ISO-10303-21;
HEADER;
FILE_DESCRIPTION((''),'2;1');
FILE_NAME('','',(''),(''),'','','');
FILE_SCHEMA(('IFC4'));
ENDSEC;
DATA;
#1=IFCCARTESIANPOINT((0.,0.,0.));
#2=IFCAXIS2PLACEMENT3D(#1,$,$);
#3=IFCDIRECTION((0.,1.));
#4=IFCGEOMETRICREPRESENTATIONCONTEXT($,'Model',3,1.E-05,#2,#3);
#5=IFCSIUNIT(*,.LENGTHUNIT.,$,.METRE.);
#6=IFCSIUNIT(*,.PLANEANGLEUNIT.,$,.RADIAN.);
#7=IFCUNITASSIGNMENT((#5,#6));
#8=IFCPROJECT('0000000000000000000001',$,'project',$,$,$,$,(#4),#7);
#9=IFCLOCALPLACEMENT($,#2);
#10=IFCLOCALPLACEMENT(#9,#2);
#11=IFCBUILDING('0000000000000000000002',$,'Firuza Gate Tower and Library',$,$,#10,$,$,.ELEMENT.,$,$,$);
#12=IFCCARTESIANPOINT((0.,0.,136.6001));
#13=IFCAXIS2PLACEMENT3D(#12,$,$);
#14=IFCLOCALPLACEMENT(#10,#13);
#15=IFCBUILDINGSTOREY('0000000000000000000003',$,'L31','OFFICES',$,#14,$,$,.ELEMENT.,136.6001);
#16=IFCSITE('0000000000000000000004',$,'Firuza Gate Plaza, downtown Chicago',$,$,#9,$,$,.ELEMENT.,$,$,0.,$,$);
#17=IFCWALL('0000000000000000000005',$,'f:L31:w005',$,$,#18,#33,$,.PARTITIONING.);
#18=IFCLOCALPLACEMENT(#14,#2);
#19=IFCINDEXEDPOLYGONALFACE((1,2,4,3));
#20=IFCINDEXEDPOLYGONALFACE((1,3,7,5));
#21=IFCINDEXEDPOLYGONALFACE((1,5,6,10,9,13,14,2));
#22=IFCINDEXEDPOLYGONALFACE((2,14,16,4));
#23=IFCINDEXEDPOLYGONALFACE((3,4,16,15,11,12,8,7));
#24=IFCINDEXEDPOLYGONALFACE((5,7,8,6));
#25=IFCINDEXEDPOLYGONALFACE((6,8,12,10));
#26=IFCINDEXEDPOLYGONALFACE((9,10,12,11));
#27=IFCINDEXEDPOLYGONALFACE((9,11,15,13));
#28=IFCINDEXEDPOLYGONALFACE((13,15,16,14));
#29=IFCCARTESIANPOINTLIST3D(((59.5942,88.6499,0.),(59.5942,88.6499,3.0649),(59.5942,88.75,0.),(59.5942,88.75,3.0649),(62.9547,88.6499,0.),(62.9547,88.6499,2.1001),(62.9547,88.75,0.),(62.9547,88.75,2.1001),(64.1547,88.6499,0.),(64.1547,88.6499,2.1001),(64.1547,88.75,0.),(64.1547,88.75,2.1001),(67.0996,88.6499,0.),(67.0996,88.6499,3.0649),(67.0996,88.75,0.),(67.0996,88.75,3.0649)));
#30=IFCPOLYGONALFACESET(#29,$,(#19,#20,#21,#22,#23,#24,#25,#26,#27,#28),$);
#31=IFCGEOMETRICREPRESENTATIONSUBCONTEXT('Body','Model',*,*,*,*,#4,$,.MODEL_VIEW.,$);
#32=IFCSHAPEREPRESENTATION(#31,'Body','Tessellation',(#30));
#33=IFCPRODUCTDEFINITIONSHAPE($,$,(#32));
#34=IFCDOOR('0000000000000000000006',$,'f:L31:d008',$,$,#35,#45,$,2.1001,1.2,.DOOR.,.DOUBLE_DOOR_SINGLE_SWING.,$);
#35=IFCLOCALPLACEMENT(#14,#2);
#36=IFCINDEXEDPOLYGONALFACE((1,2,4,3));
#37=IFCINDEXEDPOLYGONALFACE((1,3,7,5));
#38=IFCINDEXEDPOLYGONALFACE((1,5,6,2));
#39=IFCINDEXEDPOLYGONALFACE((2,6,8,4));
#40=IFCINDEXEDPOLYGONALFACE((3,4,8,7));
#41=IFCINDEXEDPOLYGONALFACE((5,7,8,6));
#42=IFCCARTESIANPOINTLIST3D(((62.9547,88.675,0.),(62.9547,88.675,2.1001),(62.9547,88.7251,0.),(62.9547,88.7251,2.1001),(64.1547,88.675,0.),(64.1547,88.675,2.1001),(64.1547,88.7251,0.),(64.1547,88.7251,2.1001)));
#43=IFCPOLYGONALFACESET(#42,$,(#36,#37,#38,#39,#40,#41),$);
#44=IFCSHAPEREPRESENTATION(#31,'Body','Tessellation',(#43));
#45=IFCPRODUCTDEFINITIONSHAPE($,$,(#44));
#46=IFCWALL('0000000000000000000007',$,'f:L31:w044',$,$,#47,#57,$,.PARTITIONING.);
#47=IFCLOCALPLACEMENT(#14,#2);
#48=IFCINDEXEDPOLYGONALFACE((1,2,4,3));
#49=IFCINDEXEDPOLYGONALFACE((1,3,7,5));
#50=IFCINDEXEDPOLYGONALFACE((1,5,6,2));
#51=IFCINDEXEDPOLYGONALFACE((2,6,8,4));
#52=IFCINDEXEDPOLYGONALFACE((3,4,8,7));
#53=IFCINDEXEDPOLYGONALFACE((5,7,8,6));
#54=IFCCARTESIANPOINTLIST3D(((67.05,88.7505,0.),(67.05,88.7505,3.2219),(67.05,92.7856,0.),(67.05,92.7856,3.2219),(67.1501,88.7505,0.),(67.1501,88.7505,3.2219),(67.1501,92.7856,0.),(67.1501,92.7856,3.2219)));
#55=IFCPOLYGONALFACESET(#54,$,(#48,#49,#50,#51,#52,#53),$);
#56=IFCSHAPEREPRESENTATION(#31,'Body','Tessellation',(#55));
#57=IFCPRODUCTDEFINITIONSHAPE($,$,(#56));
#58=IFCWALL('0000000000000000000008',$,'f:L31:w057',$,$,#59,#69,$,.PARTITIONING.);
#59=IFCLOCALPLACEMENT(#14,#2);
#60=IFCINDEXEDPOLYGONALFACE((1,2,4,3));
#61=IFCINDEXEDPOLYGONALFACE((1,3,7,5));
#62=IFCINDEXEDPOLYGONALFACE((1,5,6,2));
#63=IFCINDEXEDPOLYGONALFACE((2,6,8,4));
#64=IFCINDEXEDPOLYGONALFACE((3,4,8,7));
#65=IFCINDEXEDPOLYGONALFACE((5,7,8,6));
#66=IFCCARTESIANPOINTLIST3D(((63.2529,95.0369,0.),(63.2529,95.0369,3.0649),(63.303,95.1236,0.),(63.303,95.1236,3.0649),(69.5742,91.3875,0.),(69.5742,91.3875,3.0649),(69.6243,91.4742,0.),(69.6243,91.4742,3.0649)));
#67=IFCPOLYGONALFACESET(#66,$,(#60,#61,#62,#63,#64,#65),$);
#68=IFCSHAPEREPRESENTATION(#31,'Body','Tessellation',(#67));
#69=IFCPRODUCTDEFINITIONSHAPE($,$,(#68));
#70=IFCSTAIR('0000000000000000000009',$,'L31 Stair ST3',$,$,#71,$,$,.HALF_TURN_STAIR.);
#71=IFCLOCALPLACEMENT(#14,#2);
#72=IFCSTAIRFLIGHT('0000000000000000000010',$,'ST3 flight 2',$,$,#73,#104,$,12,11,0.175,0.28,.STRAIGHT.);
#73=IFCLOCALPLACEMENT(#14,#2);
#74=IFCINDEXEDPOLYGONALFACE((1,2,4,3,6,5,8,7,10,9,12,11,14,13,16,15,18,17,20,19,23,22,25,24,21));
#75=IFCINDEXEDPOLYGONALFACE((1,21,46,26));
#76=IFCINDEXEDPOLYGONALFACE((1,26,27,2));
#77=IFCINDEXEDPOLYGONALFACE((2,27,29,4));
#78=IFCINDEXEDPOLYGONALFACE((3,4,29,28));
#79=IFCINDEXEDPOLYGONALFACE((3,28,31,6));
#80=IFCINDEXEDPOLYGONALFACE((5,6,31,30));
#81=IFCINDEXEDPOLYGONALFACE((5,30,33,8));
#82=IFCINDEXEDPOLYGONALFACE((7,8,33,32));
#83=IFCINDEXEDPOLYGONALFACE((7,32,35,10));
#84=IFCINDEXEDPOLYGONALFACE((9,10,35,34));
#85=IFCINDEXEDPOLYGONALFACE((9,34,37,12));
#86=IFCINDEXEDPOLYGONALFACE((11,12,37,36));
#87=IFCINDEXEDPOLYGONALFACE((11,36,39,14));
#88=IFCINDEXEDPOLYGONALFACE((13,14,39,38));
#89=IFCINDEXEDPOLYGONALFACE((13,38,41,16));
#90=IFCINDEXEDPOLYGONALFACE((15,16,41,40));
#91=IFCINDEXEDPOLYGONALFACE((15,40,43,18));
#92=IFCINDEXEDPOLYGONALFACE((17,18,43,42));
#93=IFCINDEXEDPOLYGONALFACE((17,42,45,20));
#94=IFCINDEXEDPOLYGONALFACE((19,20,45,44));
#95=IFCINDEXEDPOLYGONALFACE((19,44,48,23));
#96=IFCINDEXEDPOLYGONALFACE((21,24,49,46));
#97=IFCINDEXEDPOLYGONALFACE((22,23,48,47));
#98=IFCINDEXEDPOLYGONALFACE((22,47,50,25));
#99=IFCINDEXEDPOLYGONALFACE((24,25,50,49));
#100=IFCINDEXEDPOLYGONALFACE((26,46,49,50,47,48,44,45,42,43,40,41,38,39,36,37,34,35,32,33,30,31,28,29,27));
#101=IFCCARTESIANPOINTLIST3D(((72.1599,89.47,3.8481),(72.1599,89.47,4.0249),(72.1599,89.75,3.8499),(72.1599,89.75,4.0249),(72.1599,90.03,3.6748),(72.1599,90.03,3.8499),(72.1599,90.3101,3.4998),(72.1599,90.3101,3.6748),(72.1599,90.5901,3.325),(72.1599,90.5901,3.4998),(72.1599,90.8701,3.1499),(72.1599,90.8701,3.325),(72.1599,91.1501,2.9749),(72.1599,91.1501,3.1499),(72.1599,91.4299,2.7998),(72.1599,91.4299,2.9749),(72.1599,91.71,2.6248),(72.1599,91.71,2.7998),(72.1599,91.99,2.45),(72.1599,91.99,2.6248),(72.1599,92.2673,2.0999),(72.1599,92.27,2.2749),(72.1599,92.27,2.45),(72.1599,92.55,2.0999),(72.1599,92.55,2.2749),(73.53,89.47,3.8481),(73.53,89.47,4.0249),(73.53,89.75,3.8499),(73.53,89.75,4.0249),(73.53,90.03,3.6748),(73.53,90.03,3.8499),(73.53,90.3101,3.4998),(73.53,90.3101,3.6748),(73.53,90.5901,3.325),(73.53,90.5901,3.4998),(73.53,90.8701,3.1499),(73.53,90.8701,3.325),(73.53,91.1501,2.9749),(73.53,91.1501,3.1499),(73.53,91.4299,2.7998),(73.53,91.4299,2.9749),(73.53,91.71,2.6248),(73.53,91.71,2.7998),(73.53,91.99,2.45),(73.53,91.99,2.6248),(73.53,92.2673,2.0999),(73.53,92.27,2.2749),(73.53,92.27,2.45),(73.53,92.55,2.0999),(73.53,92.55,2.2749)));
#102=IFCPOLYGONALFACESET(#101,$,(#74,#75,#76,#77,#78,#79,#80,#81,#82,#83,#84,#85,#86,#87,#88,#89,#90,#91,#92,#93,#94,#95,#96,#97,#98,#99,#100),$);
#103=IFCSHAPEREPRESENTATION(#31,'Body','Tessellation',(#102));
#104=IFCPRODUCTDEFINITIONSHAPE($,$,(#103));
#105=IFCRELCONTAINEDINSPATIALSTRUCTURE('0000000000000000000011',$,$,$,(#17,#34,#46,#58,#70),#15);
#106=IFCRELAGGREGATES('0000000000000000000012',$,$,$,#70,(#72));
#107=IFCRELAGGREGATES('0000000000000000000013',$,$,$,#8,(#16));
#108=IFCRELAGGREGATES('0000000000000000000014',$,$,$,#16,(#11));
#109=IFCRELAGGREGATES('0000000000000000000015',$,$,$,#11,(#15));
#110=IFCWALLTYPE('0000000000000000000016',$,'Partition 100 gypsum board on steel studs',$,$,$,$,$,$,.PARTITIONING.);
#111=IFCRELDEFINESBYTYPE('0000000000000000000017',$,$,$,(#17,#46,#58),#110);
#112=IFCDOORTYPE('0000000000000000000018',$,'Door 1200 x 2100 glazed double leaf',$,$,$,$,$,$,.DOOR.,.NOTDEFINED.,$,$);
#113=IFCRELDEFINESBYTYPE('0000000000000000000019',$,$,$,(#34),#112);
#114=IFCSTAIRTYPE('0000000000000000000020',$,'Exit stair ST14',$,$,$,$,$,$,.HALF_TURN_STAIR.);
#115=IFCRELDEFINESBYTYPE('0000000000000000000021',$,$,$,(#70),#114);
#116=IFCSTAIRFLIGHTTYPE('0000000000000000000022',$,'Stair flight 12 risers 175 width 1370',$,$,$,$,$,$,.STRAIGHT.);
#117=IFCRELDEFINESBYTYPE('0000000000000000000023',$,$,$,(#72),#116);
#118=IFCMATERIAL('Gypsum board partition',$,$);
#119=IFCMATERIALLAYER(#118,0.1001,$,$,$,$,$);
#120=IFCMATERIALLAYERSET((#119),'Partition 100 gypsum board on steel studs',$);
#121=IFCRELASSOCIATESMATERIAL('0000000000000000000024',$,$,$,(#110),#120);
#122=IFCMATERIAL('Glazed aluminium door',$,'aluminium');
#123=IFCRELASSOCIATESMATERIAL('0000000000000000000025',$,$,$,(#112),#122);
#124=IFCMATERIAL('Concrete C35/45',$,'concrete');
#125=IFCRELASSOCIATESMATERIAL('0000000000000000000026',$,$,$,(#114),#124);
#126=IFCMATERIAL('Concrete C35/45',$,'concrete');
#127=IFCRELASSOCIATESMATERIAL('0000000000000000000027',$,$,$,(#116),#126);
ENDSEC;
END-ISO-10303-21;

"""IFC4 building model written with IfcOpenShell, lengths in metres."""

from ifc_helpers import new_model, si_unit, direction, frame, frame_2d, origin, place, context, subcontext, project, spatial, polyline, rectangle, outline, extrude, material, layer, layer_set, type_object, element, fill, aggregate, save


model = new_model("IFC4")

# Units and contexts
model_context = context("Model", 3, precision=1e-05, world=origin(), true_north=direction((0.0, 1.0)))
body_context = subcontext(model_context, "Body", "Model", "MODEL_VIEW")
ifc_project = project(units=[si_unit("LENGTHUNIT", "METRE"), si_unit("PLANEANGLEUNIT", "RADIAN")], contexts=[model_context])

# Site, building, storey
site_placement = place(None, origin())
site = spatial("IfcSite", under=ifc_project, at=site_placement, Name="Firuza Gate Plaza, downtown Chicago", CompositionType="ELEMENT", RefElevation=0.0)
building_placement = place(site_placement, origin())
building = spatial("IfcBuilding", under=site, at=building_placement, Name="Firuza Gate Tower and Library", CompositionType="ELEMENT")
storey_placement = place(building_placement, frame((0.0, 0.0, 136.6001)))
storey = spatial("IfcBuildingStorey", under=building, at=storey_placement, Name="L31", Description="OFFICES", CompositionType="ELEMENT", Elevation=136.6001)

# Shared definitions
placement = place(storey_placement, origin())

# Wall, opening, door
ifc_material_1 = material(Name="Gypsum board partition")
ifc_layer_1 = layer(ifc_material_1, 0.1001)
ifc_layer_set_1 = layer_set([ifc_layer_1], Name="Partition 100 gypsum board on steel studs")
wall_type_1 = type_object("IfcWallType", Name="Partition 100 gypsum board on steel studs", PredefinedType="PARTITIONING", material=ifc_layer_set_1)
wall_1_placement = place(storey_placement, frame((67.0996, 88.7, 0.0), z_axis=(0.0, 0.0, 1.0), x_axis=(-1.0, 0.0, 0.0)))
wall_1 = element("IfcWall", 1, at=wall_1_placement, inside=storey, type_object=wall_type_1, Name="f:L31:w005", PredefinedType="PARTITIONING", context=body_context, shape_type="SweptSolid", body=[
    extrude(rectangle(XDim=7.5054, YDim=0.1001, at=frame_2d((3.7527, 0.0))), origin(), (0.0, 0.0, 1.0), 3.0649),
])
opening_1_placement = place(wall_1_placement, frame((2.9448, 0.0, 0.0)))
opening_1 = element("IfcOpeningElement", 2, at=opening_1_placement, cuts=wall_1, PredefinedType="OPENING", context=body_context, shape_type="SweptSolid", body=[
    extrude(rectangle(XDim=1.2, YDim=2.1001, at=frame_2d((0.6001, 1.05))), frame((0.0, 0.0601, 0.0), z_axis=(0.0, -1.0, 0.0), x_axis=(1.0, 0.0, 0.0)), (0.0, 0.0, 1.0), 0.1201),
])
ifc_material_2 = material(Name="Glazed aluminium door", Category="aluminium")
door_type_1 = type_object("IfcDoorType", Name="Door 1200 x 2100 glazed double leaf", OperationType="NOTDEFINED", PredefinedType="DOOR", material=ifc_material_2)
door_1_placement = place(opening_1_placement, origin())
door_1 = element("IfcDoor", 3, at=door_1_placement, inside=storey, type_object=door_type_1, Name="f:L31:d008", OperationType="DOUBLE_DOOR_SINGLE_SWING", OverallHeight=2.1001, OverallWidth=1.2, PredefinedType="DOOR", context=body_context, shape_type="SweptSolid", body=[
    extrude(rectangle(XDim=1.2, YDim=2.1001, at=frame_2d((0.6001, 1.05))), frame((0.0, 0.0249, 0.0), z_axis=(0.0, -1.0, 0.0), x_axis=(1.0, 0.0, 0.0)), (0.0, 0.0, 1.0), 0.05),
])
fill(opening_1, door_1)

# Walls
wall_2_placement = place(storey_placement, frame((67.1001, 88.7505, 0.0), z_axis=(0.0, 0.0, 1.0), x_axis=(0.0, 1.0, 0.0)))
element("IfcWall", 4, at=wall_2_placement, inside=storey, type_object=wall_type_1, Name="f:L31:w044", PredefinedType="PARTITIONING", context=body_context, shape_type="SweptSolid", body=[
    extrude(rectangle(XDim=4.0352, YDim=0.1001, at=frame_2d((2.0176, 0.0))), origin(), (0.0, 0.0, 1.0), 3.2219),
])
wall_3_placement = place(storey_placement, frame((69.5991, 91.4309, 0.0), z_axis=(0.0, 0.0, 1.0), x_axis=(-0.866036, 0.499981, 0.0)))
element("IfcWall", 5, at=wall_3_placement, inside=storey, type_object=wall_type_1, Name="f:L31:w057", PredefinedType="PARTITIONING", context=body_context, shape_type="SweptSolid", body=[
    extrude(rectangle(XDim=7.2991, YDim=0.1001, at=frame_2d((3.6494, 0.0))), origin(), (0.0, 0.0, 1.0), 3.0649),
])

# Stair, stair flight
ifc_material_3 = material(Name="Concrete C35/45", Category="concrete")
stair_type = type_object("IfcStairType", Name="Exit stair ST14", PredefinedType="HALF_TURN_STAIR", material=ifc_material_3)
stair = element("IfcStair", 6, at=placement, inside=storey, type_object=stair_type, Name="L31 Stair ST3", PredefinedType="HALF_TURN_STAIR")
ifc_material_4 = material(Name="Concrete C35/45", Category="concrete")
stair_flight_type = type_object("IfcStairFlightType", Name="Stair flight 12 risers 175 width 1370", PredefinedType="STRAIGHT", material=ifc_material_4)
stair_flight_placement = place(storey_placement, frame((72.845, 92.55, 2.0999), z_axis=(0.0, 0.0, 1.0), x_axis=(0.0, -1.0, 0.0)))
stair_flight = element("IfcStairFlight", 7, at=stair_flight_placement, type_object=stair_flight_type, Name="ST3 flight 2", NumberOfRisers=12, NumberOfTreads=11, PredefinedType="STRAIGHT", RiserHeight=0.175, TreadLength=0.28, context=body_context, shape_type="SweptSolid", body=[
    extrude(outline(polyline([(0.0, 0.0), (0.0, 0.175), (0.28, 0.175), (0.28, 0.3501), (0.5601, 0.3501), (0.5601, 0.5249), (0.8401, 0.5249), (0.8401, 0.7), (1.1201, 0.7), (1.1201, 0.875), (1.3999, 0.875), (1.3999, 1.05), (1.6799, 1.05), (1.6799, 1.2251), (1.96, 1.2251), (1.96, 1.3999), (2.24, 1.3999), (2.24, 1.575), (2.52, 1.575), (2.52, 1.75), (2.8, 1.75), (2.8, 1.925), (3.0801, 1.925), (3.0801, 2.1001), (3.0801, 1.7483), (0.2827, 0.0), (0.0, 0.0)])), frame((0.0, 0.6851, 0.0), z_axis=(0.0, -1.0, 0.0), x_axis=(1.0, 0.0, 0.0)), (0.0, 0.0, 1.0), 1.3701),
])
aggregate(stair, [stair_flight])

save(model, "model.ifc")
